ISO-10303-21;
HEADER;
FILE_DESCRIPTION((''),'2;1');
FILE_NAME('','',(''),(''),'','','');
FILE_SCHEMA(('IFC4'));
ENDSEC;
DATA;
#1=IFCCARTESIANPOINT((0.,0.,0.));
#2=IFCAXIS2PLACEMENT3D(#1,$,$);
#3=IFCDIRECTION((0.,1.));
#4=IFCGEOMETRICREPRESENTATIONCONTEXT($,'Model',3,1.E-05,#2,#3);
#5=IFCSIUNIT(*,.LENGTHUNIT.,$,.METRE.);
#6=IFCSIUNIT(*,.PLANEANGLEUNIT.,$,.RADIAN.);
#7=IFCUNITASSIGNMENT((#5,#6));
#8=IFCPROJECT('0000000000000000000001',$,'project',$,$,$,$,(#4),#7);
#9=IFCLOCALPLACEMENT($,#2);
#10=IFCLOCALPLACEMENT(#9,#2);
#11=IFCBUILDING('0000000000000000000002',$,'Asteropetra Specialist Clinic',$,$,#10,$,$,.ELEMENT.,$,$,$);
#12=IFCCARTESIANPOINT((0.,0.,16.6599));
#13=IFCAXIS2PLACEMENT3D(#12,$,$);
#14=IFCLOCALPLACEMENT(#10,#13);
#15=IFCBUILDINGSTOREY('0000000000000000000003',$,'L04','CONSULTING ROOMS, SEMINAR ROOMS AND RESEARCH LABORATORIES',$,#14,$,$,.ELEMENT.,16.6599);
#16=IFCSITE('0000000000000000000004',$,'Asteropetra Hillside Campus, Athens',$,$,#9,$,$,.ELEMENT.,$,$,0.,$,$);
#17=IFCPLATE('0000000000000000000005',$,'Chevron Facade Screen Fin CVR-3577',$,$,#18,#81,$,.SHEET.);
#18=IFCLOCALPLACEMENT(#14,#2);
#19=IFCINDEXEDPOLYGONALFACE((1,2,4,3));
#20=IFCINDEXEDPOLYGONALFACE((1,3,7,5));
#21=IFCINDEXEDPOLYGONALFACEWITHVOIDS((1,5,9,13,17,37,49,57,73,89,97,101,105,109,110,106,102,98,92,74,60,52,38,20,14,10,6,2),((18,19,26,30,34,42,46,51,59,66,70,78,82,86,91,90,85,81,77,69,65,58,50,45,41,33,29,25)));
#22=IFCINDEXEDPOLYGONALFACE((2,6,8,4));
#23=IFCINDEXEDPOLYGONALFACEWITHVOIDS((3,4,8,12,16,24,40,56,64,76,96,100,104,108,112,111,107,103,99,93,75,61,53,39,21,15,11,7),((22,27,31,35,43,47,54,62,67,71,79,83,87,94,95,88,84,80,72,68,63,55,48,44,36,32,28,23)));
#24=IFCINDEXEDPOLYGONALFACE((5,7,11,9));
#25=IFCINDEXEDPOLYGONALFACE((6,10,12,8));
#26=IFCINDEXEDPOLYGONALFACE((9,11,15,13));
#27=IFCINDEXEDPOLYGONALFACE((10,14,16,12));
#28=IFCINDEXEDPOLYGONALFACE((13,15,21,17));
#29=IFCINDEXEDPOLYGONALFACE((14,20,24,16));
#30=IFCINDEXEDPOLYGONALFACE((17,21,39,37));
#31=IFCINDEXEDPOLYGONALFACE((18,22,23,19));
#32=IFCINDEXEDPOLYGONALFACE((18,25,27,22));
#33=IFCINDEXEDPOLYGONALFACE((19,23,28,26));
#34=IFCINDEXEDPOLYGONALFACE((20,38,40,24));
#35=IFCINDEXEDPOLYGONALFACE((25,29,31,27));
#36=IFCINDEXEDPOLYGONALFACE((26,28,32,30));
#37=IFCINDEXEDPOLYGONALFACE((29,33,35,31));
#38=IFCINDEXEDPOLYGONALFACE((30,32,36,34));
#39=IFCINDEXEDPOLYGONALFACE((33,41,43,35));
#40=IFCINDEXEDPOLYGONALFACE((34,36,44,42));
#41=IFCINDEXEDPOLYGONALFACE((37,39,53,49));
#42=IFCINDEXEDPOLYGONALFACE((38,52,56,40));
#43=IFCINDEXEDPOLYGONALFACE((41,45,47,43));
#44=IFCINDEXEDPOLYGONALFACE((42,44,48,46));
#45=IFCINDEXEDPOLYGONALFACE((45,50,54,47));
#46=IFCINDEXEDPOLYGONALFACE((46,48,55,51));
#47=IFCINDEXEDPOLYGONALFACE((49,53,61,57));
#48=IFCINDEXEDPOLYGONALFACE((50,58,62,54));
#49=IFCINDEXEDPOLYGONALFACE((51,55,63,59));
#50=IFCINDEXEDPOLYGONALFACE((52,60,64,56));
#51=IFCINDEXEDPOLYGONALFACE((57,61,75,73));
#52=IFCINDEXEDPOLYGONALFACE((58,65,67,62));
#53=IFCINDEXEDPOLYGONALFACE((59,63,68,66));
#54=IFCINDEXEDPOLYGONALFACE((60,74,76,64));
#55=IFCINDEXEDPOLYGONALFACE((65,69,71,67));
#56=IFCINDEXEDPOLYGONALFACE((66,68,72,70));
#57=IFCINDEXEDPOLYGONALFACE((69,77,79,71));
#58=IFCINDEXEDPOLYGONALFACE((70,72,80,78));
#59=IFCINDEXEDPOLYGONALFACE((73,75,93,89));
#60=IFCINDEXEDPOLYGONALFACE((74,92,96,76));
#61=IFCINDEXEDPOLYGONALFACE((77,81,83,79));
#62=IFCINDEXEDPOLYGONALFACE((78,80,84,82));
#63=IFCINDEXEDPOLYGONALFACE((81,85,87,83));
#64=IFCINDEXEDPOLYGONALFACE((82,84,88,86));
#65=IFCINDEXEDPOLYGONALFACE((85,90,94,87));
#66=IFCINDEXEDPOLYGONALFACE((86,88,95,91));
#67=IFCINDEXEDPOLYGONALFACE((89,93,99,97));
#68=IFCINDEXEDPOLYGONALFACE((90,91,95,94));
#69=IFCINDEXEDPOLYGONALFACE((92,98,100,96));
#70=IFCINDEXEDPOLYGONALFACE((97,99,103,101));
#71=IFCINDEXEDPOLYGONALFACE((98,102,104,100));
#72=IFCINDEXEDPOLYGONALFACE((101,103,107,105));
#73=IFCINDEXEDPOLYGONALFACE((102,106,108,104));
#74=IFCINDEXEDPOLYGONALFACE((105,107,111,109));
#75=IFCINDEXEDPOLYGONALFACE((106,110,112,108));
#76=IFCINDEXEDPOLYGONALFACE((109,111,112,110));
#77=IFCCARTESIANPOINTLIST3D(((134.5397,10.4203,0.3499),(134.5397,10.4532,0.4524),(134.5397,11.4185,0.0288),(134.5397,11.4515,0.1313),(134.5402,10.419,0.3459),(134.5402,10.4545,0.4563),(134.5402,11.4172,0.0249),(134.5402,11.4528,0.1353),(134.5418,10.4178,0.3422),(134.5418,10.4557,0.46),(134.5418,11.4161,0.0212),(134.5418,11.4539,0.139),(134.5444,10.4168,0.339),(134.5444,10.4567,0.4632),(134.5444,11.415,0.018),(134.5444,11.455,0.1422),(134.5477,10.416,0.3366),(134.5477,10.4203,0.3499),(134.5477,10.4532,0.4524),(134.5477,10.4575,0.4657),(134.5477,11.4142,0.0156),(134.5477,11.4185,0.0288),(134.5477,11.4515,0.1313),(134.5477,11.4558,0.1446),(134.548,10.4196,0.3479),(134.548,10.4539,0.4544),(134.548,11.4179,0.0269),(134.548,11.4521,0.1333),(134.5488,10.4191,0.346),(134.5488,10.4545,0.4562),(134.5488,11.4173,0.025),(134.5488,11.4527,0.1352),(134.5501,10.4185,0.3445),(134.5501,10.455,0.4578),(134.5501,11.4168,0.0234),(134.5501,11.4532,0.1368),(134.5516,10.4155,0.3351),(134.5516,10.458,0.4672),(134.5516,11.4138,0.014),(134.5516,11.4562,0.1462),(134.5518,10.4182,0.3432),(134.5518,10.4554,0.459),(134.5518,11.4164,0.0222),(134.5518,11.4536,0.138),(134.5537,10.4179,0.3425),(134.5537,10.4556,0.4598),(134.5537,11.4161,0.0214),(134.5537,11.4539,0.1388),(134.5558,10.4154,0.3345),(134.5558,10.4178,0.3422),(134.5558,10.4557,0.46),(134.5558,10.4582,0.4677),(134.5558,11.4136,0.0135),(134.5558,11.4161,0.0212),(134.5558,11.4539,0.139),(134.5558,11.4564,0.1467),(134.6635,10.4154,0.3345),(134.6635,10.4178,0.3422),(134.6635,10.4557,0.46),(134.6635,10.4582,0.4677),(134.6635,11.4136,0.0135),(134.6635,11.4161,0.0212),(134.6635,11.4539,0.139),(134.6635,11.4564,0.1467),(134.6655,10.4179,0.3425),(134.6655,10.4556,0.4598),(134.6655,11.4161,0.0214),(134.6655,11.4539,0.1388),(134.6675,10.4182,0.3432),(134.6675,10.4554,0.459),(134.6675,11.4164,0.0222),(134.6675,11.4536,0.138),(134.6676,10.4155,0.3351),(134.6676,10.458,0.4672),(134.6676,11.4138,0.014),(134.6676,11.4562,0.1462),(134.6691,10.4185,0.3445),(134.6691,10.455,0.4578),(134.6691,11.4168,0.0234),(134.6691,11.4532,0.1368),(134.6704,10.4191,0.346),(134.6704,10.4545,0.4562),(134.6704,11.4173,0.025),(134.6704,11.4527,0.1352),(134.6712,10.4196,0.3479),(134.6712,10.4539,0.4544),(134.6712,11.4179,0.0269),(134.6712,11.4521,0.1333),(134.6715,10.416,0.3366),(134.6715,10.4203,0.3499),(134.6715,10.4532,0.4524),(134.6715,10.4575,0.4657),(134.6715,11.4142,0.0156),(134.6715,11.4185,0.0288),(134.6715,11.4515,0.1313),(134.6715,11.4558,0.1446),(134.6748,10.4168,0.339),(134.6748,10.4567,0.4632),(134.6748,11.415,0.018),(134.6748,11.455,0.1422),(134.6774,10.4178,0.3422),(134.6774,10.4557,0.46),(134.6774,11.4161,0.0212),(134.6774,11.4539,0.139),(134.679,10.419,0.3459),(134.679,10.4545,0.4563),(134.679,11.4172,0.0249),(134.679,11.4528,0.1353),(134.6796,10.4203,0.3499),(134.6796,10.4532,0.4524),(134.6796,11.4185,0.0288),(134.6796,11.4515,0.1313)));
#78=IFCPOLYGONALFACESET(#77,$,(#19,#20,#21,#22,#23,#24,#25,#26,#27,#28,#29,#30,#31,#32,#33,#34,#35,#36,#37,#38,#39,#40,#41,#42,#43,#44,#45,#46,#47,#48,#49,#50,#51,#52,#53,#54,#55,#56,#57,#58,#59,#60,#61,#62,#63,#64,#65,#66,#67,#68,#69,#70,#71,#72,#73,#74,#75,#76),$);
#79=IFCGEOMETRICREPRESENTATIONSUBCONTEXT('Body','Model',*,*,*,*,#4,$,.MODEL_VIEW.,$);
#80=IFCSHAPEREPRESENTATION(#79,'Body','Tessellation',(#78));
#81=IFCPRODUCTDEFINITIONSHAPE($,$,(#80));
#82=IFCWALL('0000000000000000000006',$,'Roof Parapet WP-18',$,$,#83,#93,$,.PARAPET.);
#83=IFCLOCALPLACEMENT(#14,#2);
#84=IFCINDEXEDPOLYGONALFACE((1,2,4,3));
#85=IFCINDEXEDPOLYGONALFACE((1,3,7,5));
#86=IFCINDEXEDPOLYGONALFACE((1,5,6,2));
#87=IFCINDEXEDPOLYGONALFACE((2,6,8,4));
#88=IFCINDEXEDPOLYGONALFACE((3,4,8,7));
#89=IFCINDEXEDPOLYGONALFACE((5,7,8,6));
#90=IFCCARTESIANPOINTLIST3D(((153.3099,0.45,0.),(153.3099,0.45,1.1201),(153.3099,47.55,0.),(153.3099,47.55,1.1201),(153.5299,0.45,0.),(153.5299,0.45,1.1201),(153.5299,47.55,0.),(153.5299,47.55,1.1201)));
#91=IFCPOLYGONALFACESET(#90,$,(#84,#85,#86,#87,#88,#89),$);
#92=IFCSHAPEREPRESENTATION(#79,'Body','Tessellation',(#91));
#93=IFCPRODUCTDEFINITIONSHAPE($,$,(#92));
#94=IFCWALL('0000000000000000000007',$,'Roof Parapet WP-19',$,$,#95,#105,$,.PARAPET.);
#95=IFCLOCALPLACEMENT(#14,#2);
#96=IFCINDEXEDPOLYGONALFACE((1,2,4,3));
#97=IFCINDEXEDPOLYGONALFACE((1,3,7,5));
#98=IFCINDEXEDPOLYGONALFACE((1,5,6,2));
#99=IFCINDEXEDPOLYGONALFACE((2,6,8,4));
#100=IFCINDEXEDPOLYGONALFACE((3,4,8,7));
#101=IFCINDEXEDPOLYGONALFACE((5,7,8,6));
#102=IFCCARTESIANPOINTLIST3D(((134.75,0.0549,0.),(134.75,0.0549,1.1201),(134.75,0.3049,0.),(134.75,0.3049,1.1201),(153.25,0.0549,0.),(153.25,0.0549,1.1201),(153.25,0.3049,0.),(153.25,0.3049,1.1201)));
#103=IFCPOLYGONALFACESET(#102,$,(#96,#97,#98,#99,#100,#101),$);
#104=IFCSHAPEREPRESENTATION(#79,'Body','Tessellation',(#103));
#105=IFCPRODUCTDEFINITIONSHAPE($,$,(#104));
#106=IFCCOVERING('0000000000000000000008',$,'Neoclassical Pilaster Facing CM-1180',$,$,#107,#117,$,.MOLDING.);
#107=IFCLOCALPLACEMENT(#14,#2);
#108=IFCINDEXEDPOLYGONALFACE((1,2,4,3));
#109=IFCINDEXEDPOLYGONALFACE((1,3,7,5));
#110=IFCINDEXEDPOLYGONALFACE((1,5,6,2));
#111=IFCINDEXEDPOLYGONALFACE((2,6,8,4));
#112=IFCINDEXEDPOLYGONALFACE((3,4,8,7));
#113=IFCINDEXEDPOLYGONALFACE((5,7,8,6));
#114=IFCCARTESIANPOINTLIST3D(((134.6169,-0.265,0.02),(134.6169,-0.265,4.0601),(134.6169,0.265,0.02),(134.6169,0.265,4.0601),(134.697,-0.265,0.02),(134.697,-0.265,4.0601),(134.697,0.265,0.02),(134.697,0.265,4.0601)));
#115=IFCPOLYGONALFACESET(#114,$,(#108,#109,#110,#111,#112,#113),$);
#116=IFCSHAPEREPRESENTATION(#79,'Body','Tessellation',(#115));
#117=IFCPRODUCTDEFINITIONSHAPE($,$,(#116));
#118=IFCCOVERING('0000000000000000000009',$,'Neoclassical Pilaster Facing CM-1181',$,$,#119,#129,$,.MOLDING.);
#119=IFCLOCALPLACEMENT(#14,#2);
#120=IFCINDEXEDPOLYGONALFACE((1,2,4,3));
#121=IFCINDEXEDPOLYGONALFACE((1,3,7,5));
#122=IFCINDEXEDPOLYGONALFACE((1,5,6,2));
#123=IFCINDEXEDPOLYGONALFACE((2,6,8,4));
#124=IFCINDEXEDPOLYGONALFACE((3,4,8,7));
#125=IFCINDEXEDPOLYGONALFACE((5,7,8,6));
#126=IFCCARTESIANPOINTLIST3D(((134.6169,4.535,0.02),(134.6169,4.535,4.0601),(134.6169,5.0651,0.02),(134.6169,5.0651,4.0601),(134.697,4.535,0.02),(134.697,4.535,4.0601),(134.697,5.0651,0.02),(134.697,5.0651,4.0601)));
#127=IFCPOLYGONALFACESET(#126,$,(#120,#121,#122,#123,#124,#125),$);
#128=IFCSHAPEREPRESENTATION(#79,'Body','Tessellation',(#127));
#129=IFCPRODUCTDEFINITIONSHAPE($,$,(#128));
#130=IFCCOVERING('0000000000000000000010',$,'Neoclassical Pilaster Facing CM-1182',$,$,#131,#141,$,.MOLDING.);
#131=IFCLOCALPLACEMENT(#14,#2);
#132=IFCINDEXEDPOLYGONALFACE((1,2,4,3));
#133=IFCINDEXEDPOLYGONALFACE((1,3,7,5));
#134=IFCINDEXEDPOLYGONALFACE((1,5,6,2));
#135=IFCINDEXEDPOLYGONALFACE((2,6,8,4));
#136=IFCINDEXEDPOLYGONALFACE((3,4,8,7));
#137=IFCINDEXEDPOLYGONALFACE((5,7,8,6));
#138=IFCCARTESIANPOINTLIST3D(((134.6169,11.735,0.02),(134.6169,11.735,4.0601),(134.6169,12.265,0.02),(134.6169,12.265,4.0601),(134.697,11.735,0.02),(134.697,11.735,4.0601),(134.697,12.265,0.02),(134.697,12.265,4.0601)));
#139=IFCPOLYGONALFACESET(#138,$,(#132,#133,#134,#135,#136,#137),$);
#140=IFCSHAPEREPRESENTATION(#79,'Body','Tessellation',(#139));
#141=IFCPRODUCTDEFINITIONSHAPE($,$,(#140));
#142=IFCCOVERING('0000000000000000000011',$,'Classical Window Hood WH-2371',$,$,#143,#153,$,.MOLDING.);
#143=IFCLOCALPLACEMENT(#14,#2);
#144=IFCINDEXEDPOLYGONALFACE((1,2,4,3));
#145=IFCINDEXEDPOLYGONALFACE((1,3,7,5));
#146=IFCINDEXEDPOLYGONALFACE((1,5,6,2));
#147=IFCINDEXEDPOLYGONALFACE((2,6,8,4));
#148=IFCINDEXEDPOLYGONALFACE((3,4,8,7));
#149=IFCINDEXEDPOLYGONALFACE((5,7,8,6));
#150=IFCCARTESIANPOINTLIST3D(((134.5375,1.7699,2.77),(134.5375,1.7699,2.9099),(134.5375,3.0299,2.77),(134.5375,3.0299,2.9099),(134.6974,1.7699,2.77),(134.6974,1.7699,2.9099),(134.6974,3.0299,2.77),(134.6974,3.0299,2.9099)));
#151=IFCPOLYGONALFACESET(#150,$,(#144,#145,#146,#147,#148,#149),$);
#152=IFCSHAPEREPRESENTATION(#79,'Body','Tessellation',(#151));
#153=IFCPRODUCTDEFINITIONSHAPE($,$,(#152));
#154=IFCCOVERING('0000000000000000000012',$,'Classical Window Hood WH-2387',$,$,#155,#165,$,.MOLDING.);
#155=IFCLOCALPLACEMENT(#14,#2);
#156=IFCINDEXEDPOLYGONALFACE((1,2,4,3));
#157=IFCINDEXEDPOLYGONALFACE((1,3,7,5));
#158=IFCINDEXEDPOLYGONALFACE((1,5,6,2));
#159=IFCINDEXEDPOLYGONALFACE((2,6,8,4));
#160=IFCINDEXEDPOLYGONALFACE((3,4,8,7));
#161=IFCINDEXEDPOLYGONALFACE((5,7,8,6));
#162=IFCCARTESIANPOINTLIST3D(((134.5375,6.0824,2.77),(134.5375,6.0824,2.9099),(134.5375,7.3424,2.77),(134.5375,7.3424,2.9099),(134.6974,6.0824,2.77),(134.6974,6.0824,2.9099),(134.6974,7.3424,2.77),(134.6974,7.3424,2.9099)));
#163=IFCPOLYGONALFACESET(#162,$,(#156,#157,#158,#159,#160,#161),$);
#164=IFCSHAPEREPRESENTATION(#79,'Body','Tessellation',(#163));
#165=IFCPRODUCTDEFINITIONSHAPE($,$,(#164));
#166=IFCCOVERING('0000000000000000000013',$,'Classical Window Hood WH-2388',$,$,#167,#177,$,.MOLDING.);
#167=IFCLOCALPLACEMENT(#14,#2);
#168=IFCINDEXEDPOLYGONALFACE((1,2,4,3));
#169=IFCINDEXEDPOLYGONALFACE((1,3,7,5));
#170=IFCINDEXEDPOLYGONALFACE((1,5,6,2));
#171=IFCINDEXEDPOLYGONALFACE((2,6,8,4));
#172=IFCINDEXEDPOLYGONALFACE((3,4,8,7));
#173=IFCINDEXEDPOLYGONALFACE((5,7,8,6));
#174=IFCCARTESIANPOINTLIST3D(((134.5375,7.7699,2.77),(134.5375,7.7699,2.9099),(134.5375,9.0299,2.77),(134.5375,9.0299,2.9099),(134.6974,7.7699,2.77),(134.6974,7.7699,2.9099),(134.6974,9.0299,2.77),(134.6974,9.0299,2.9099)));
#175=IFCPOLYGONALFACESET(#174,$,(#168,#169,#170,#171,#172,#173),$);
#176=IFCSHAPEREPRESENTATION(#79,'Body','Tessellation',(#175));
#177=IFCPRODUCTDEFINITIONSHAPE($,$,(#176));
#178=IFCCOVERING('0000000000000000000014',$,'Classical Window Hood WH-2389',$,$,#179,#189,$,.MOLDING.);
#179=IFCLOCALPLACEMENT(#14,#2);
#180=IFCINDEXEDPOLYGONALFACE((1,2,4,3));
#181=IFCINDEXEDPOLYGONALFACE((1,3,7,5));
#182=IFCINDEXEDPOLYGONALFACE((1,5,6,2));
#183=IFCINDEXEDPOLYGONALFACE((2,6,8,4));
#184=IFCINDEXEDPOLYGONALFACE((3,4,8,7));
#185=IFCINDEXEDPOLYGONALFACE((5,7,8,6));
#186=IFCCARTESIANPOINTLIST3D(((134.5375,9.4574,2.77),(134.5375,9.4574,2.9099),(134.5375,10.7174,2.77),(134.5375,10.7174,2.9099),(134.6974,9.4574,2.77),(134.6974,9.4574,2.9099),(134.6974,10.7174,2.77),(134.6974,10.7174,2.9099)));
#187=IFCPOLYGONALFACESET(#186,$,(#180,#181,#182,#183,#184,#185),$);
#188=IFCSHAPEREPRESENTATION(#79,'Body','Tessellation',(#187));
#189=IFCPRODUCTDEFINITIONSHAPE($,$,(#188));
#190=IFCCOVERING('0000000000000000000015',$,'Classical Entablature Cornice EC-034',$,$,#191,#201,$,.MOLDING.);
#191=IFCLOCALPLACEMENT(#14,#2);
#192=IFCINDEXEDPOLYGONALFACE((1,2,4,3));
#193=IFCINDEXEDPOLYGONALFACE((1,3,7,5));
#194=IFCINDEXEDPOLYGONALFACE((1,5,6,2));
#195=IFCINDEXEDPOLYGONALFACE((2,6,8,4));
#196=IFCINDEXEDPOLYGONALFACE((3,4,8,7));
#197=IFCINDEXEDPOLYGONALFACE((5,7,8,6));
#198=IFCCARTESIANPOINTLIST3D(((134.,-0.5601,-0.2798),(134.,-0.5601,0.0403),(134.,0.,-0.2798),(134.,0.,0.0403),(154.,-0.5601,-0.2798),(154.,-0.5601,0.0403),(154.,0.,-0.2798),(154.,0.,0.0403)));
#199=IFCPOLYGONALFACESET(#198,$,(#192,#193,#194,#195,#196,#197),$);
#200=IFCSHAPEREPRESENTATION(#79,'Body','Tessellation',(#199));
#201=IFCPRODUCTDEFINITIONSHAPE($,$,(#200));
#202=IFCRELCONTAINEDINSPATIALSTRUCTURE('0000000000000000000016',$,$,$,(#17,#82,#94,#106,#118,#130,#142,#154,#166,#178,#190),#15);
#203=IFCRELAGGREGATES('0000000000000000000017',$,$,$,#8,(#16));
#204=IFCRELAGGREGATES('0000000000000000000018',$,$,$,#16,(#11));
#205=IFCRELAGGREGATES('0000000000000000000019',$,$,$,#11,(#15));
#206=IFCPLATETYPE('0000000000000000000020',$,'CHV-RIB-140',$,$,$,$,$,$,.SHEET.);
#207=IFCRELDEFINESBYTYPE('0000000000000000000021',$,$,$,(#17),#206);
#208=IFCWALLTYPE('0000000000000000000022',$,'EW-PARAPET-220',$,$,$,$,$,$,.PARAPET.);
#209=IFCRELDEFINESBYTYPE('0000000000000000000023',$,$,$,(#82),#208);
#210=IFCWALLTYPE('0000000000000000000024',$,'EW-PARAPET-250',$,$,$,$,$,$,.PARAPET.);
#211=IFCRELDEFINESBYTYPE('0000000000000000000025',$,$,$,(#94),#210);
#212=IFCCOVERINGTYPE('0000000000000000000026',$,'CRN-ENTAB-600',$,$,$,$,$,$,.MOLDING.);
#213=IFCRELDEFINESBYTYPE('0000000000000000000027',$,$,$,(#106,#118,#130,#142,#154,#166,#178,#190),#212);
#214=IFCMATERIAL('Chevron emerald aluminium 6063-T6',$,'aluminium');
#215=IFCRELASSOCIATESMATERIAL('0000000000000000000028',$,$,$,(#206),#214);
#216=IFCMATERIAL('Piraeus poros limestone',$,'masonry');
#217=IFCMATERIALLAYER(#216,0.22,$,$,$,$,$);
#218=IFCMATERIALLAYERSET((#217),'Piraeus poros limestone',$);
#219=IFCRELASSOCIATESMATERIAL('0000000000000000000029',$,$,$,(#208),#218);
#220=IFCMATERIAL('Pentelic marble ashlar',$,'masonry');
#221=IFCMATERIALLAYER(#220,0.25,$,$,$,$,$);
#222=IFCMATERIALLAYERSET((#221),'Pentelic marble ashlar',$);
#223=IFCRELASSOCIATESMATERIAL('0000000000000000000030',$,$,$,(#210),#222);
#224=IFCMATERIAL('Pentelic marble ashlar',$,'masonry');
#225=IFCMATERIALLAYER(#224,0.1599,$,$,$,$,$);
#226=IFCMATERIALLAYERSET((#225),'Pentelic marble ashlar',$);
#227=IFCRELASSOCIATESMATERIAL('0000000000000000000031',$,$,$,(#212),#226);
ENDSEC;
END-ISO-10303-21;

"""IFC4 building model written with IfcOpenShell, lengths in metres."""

from ifc_helpers import new_model, si_unit, direction, frame, frame_2d, origin, origin_2d, place, context, subcontext, project, spatial, rectangle, hollow_rectangle, extrude, material, layer, layer_set, material_profile, profile_set, type_object, element, save


model = new_model("IFC4")

# Units and contexts
model_context = context("Model", 3, precision=1e-05, world=origin(), true_north=direction((0.0, 1.0)))
body_context = subcontext(model_context, "Body", "Model", "MODEL_VIEW")
ifc_project = project(units=[si_unit("LENGTHUNIT", "METRE"), si_unit("PLANEANGLEUNIT", "RADIAN")], contexts=[model_context])

# Site, building, storey
site_placement = place(None, origin())
site = spatial("IfcSite", under=ifc_project, at=site_placement, Name="Asteropetra Hillside Campus, Athens", CompositionType="ELEMENT", RefElevation=0.0)
building_placement = place(site_placement, origin())
building = spatial("IfcBuilding", under=site, at=building_placement, Name="Asteropetra Specialist Clinic", CompositionType="ELEMENT")
storey_placement = place(building_placement, frame((0.0, 0.0, 16.6599)))
storey = spatial("IfcBuildingStorey", under=building, at=storey_placement, Name="L04", Description="CONSULTING ROOMS, SEMINAR ROOMS AND RESEARCH LABORATORIES", CompositionType="ELEMENT", Elevation=16.6599)

# Plate
ifc_material_1 = material(Name="Chevron emerald aluminium 6063-T6", Category="aluminium")
ifc_material_profile_1 = material_profile(ifc_material_1, hollow_rectangle(XDim=0.1399, YDim=0.1399, WallThickness=0.0081, InnerFilletRadius=0.0081, OuterFilletRadius=0.0161, at=origin_2d()), Name="SHS 140x140x8.0")
ifc_profile_set_1 = profile_set([ifc_material_profile_1], Name="Chevron emerald aluminium 6063-T6")
plate_type = type_object("IfcPlateType", Name="CHV-RIB-140", PredefinedType="SHEET", material=ifc_profile_set_1)
plate_placement = place(storey_placement, frame((134.6096, 10.4368, 0.4011), z_axis=(0.0, 0.951983, -0.306152), x_axis=(-1.0, 0.0, 0.0)))
element("IfcPlate", 1, at=plate_placement, inside=storey, type_object=plate_type, Name="Chevron Facade Screen Fin CVR-3577", PredefinedType="SHEET", context=body_context, shape_type="SweptSolid", body=[
    extrude(hollow_rectangle(XDim=0.1399, YDim=0.1399, WallThickness=0.0081, InnerFilletRadius=0.0081, OuterFilletRadius=0.0161, at=origin_2d()), origin(), (0.0, 0.0, 1.0), 1.0486),
])

# Walls
ifc_material_2 = material(Name="Piraeus poros limestone", Category="masonry")
ifc_layer_1 = layer(ifc_material_2, 0.22)
ifc_layer_set_1 = layer_set([ifc_layer_1], Name="Piraeus poros limestone")
wall_type_1 = type_object("IfcWallType", Name="EW-PARAPET-220", PredefinedType="PARAPET", material=ifc_layer_set_1)
wall_1_placement = place(storey_placement, frame((153.4199, 0.45, 0.0), z_axis=(0.0, 0.0, 1.0), x_axis=(0.0, 1.0, 0.0)))
element("IfcWall", 2, at=wall_1_placement, inside=storey, type_object=wall_type_1, Name="Roof Parapet WP-18", PredefinedType="PARAPET", context=body_context, shape_type="SweptSolid", body=[
    extrude(rectangle(XDim=47.1001, YDim=0.22, at=frame_2d((23.55, 0.0))), origin(), (0.0, 0.0, 1.0), 1.1201),
])
ifc_material_3 = material(Name="Pentelic marble ashlar", Category="masonry")
ifc_layer_2 = layer(ifc_material_3, 0.25)
ifc_layer_set_2 = layer_set([ifc_layer_2], Name="Pentelic marble ashlar")
wall_type_2 = type_object("IfcWallType", Name="EW-PARAPET-250", PredefinedType="PARAPET", material=ifc_layer_set_2)
wall_2_placement = place(storey_placement, frame((134.75, 0.1799, 0.0), z_axis=(0.0, 0.0, 1.0), x_axis=(1.0, 0.0, 0.0)))
element("IfcWall", 3, at=wall_2_placement, inside=storey, type_object=wall_type_2, Name="Roof Parapet WP-19", PredefinedType="PARAPET", context=body_context, shape_type="SweptSolid", body=[
    extrude(rectangle(XDim=18.5, YDim=0.25, at=frame_2d((9.25, 0.0))), origin(), (0.0, 0.0, 1.0), 1.1201),
])

# Coverings
ifc_material_4 = material(Name="Pentelic marble ashlar", Category="masonry")
ifc_layer_3 = layer(ifc_material_4, 0.1599)
ifc_layer_set_3 = layer_set([ifc_layer_3], Name="Pentelic marble ashlar")
covering_type = type_object("IfcCoveringType", Name="CRN-ENTAB-600", PredefinedType="MOLDING", material=ifc_layer_set_3)
for number, where, z_axis, x_axis, name in (
    (4, (134.657, 0.0, 0.02), (0.0, 0.0, 1.0), (1.0, 0.0, 0.0), "Neoclassical Pilaster Facing CM-1180"),
    (5, (134.657, 4.8, 0.02), (0.0, 0.0, 1.0), (1.0, 0.0, 0.0), "Neoclassical Pilaster Facing CM-1181"),
    (6, (134.657, 12.0, 0.02), (0.0, 0.0, 1.0), (1.0, 0.0, 0.0), "Neoclassical Pilaster Facing CM-1182"),
):
    element("IfcCovering", number, at=place(storey_placement, frame(where, z_axis=z_axis, x_axis=x_axis)), inside=storey, type_object=covering_type, Name=name, PredefinedType="MOLDING", context=body_context, shape_type="SweptSolid", body=[
        extrude(rectangle(XDim=0.0801, YDim=0.53, at=origin_2d()), origin(), (0.0, 0.0, 1.0), 4.04),
    ])
for number, where, z_axis, x_axis, name in (
    (7, (134.6174, 2.3999, 2.77), (0.0, 0.0, 1.0), (1.0, 0.0, 0.0), "Classical Window Hood WH-2371"),
    (8, (134.6174, 6.7124, 2.77), (0.0, 0.0, 1.0), (1.0, 0.0, 0.0), "Classical Window Hood WH-2387"),
    (9, (134.6174, 8.3999, 2.77), (0.0, 0.0, 1.0), (1.0, 0.0, 0.0), "Classical Window Hood WH-2388"),
    (10, (134.6174, 10.0874, 2.77), (0.0, 0.0, 1.0), (1.0, 0.0, 0.0), "Classical Window Hood WH-2389"),
):
    element("IfcCovering", number, at=place(storey_placement, frame(where, z_axis=z_axis, x_axis=x_axis)), inside=storey, type_object=covering_type, Name=name, PredefinedType="MOLDING", context=body_context, shape_type="SweptSolid", body=[
        extrude(rectangle(XDim=0.1599, YDim=1.26, at=origin_2d()), origin(), (0.0, 0.0, 1.0), 0.1399),
    ])
covering_placement = place(storey_placement, frame((144.0, -0.28, -0.2798), z_axis=(0.0, 0.0, 1.0), x_axis=(1.0, 0.0, 0.0)))
element("IfcCovering", 11, at=covering_placement, inside=storey, type_object=covering_type, Name="Classical Entablature Cornice EC-034", PredefinedType="MOLDING", context=body_context, shape_type="SweptSolid", body=[
    extrude(rectangle(XDim=20.0, YDim=0.5601, at=origin_2d()), origin(), (0.0, 0.0, 1.0), 0.3201),
])

save(model, "model.ifc")
